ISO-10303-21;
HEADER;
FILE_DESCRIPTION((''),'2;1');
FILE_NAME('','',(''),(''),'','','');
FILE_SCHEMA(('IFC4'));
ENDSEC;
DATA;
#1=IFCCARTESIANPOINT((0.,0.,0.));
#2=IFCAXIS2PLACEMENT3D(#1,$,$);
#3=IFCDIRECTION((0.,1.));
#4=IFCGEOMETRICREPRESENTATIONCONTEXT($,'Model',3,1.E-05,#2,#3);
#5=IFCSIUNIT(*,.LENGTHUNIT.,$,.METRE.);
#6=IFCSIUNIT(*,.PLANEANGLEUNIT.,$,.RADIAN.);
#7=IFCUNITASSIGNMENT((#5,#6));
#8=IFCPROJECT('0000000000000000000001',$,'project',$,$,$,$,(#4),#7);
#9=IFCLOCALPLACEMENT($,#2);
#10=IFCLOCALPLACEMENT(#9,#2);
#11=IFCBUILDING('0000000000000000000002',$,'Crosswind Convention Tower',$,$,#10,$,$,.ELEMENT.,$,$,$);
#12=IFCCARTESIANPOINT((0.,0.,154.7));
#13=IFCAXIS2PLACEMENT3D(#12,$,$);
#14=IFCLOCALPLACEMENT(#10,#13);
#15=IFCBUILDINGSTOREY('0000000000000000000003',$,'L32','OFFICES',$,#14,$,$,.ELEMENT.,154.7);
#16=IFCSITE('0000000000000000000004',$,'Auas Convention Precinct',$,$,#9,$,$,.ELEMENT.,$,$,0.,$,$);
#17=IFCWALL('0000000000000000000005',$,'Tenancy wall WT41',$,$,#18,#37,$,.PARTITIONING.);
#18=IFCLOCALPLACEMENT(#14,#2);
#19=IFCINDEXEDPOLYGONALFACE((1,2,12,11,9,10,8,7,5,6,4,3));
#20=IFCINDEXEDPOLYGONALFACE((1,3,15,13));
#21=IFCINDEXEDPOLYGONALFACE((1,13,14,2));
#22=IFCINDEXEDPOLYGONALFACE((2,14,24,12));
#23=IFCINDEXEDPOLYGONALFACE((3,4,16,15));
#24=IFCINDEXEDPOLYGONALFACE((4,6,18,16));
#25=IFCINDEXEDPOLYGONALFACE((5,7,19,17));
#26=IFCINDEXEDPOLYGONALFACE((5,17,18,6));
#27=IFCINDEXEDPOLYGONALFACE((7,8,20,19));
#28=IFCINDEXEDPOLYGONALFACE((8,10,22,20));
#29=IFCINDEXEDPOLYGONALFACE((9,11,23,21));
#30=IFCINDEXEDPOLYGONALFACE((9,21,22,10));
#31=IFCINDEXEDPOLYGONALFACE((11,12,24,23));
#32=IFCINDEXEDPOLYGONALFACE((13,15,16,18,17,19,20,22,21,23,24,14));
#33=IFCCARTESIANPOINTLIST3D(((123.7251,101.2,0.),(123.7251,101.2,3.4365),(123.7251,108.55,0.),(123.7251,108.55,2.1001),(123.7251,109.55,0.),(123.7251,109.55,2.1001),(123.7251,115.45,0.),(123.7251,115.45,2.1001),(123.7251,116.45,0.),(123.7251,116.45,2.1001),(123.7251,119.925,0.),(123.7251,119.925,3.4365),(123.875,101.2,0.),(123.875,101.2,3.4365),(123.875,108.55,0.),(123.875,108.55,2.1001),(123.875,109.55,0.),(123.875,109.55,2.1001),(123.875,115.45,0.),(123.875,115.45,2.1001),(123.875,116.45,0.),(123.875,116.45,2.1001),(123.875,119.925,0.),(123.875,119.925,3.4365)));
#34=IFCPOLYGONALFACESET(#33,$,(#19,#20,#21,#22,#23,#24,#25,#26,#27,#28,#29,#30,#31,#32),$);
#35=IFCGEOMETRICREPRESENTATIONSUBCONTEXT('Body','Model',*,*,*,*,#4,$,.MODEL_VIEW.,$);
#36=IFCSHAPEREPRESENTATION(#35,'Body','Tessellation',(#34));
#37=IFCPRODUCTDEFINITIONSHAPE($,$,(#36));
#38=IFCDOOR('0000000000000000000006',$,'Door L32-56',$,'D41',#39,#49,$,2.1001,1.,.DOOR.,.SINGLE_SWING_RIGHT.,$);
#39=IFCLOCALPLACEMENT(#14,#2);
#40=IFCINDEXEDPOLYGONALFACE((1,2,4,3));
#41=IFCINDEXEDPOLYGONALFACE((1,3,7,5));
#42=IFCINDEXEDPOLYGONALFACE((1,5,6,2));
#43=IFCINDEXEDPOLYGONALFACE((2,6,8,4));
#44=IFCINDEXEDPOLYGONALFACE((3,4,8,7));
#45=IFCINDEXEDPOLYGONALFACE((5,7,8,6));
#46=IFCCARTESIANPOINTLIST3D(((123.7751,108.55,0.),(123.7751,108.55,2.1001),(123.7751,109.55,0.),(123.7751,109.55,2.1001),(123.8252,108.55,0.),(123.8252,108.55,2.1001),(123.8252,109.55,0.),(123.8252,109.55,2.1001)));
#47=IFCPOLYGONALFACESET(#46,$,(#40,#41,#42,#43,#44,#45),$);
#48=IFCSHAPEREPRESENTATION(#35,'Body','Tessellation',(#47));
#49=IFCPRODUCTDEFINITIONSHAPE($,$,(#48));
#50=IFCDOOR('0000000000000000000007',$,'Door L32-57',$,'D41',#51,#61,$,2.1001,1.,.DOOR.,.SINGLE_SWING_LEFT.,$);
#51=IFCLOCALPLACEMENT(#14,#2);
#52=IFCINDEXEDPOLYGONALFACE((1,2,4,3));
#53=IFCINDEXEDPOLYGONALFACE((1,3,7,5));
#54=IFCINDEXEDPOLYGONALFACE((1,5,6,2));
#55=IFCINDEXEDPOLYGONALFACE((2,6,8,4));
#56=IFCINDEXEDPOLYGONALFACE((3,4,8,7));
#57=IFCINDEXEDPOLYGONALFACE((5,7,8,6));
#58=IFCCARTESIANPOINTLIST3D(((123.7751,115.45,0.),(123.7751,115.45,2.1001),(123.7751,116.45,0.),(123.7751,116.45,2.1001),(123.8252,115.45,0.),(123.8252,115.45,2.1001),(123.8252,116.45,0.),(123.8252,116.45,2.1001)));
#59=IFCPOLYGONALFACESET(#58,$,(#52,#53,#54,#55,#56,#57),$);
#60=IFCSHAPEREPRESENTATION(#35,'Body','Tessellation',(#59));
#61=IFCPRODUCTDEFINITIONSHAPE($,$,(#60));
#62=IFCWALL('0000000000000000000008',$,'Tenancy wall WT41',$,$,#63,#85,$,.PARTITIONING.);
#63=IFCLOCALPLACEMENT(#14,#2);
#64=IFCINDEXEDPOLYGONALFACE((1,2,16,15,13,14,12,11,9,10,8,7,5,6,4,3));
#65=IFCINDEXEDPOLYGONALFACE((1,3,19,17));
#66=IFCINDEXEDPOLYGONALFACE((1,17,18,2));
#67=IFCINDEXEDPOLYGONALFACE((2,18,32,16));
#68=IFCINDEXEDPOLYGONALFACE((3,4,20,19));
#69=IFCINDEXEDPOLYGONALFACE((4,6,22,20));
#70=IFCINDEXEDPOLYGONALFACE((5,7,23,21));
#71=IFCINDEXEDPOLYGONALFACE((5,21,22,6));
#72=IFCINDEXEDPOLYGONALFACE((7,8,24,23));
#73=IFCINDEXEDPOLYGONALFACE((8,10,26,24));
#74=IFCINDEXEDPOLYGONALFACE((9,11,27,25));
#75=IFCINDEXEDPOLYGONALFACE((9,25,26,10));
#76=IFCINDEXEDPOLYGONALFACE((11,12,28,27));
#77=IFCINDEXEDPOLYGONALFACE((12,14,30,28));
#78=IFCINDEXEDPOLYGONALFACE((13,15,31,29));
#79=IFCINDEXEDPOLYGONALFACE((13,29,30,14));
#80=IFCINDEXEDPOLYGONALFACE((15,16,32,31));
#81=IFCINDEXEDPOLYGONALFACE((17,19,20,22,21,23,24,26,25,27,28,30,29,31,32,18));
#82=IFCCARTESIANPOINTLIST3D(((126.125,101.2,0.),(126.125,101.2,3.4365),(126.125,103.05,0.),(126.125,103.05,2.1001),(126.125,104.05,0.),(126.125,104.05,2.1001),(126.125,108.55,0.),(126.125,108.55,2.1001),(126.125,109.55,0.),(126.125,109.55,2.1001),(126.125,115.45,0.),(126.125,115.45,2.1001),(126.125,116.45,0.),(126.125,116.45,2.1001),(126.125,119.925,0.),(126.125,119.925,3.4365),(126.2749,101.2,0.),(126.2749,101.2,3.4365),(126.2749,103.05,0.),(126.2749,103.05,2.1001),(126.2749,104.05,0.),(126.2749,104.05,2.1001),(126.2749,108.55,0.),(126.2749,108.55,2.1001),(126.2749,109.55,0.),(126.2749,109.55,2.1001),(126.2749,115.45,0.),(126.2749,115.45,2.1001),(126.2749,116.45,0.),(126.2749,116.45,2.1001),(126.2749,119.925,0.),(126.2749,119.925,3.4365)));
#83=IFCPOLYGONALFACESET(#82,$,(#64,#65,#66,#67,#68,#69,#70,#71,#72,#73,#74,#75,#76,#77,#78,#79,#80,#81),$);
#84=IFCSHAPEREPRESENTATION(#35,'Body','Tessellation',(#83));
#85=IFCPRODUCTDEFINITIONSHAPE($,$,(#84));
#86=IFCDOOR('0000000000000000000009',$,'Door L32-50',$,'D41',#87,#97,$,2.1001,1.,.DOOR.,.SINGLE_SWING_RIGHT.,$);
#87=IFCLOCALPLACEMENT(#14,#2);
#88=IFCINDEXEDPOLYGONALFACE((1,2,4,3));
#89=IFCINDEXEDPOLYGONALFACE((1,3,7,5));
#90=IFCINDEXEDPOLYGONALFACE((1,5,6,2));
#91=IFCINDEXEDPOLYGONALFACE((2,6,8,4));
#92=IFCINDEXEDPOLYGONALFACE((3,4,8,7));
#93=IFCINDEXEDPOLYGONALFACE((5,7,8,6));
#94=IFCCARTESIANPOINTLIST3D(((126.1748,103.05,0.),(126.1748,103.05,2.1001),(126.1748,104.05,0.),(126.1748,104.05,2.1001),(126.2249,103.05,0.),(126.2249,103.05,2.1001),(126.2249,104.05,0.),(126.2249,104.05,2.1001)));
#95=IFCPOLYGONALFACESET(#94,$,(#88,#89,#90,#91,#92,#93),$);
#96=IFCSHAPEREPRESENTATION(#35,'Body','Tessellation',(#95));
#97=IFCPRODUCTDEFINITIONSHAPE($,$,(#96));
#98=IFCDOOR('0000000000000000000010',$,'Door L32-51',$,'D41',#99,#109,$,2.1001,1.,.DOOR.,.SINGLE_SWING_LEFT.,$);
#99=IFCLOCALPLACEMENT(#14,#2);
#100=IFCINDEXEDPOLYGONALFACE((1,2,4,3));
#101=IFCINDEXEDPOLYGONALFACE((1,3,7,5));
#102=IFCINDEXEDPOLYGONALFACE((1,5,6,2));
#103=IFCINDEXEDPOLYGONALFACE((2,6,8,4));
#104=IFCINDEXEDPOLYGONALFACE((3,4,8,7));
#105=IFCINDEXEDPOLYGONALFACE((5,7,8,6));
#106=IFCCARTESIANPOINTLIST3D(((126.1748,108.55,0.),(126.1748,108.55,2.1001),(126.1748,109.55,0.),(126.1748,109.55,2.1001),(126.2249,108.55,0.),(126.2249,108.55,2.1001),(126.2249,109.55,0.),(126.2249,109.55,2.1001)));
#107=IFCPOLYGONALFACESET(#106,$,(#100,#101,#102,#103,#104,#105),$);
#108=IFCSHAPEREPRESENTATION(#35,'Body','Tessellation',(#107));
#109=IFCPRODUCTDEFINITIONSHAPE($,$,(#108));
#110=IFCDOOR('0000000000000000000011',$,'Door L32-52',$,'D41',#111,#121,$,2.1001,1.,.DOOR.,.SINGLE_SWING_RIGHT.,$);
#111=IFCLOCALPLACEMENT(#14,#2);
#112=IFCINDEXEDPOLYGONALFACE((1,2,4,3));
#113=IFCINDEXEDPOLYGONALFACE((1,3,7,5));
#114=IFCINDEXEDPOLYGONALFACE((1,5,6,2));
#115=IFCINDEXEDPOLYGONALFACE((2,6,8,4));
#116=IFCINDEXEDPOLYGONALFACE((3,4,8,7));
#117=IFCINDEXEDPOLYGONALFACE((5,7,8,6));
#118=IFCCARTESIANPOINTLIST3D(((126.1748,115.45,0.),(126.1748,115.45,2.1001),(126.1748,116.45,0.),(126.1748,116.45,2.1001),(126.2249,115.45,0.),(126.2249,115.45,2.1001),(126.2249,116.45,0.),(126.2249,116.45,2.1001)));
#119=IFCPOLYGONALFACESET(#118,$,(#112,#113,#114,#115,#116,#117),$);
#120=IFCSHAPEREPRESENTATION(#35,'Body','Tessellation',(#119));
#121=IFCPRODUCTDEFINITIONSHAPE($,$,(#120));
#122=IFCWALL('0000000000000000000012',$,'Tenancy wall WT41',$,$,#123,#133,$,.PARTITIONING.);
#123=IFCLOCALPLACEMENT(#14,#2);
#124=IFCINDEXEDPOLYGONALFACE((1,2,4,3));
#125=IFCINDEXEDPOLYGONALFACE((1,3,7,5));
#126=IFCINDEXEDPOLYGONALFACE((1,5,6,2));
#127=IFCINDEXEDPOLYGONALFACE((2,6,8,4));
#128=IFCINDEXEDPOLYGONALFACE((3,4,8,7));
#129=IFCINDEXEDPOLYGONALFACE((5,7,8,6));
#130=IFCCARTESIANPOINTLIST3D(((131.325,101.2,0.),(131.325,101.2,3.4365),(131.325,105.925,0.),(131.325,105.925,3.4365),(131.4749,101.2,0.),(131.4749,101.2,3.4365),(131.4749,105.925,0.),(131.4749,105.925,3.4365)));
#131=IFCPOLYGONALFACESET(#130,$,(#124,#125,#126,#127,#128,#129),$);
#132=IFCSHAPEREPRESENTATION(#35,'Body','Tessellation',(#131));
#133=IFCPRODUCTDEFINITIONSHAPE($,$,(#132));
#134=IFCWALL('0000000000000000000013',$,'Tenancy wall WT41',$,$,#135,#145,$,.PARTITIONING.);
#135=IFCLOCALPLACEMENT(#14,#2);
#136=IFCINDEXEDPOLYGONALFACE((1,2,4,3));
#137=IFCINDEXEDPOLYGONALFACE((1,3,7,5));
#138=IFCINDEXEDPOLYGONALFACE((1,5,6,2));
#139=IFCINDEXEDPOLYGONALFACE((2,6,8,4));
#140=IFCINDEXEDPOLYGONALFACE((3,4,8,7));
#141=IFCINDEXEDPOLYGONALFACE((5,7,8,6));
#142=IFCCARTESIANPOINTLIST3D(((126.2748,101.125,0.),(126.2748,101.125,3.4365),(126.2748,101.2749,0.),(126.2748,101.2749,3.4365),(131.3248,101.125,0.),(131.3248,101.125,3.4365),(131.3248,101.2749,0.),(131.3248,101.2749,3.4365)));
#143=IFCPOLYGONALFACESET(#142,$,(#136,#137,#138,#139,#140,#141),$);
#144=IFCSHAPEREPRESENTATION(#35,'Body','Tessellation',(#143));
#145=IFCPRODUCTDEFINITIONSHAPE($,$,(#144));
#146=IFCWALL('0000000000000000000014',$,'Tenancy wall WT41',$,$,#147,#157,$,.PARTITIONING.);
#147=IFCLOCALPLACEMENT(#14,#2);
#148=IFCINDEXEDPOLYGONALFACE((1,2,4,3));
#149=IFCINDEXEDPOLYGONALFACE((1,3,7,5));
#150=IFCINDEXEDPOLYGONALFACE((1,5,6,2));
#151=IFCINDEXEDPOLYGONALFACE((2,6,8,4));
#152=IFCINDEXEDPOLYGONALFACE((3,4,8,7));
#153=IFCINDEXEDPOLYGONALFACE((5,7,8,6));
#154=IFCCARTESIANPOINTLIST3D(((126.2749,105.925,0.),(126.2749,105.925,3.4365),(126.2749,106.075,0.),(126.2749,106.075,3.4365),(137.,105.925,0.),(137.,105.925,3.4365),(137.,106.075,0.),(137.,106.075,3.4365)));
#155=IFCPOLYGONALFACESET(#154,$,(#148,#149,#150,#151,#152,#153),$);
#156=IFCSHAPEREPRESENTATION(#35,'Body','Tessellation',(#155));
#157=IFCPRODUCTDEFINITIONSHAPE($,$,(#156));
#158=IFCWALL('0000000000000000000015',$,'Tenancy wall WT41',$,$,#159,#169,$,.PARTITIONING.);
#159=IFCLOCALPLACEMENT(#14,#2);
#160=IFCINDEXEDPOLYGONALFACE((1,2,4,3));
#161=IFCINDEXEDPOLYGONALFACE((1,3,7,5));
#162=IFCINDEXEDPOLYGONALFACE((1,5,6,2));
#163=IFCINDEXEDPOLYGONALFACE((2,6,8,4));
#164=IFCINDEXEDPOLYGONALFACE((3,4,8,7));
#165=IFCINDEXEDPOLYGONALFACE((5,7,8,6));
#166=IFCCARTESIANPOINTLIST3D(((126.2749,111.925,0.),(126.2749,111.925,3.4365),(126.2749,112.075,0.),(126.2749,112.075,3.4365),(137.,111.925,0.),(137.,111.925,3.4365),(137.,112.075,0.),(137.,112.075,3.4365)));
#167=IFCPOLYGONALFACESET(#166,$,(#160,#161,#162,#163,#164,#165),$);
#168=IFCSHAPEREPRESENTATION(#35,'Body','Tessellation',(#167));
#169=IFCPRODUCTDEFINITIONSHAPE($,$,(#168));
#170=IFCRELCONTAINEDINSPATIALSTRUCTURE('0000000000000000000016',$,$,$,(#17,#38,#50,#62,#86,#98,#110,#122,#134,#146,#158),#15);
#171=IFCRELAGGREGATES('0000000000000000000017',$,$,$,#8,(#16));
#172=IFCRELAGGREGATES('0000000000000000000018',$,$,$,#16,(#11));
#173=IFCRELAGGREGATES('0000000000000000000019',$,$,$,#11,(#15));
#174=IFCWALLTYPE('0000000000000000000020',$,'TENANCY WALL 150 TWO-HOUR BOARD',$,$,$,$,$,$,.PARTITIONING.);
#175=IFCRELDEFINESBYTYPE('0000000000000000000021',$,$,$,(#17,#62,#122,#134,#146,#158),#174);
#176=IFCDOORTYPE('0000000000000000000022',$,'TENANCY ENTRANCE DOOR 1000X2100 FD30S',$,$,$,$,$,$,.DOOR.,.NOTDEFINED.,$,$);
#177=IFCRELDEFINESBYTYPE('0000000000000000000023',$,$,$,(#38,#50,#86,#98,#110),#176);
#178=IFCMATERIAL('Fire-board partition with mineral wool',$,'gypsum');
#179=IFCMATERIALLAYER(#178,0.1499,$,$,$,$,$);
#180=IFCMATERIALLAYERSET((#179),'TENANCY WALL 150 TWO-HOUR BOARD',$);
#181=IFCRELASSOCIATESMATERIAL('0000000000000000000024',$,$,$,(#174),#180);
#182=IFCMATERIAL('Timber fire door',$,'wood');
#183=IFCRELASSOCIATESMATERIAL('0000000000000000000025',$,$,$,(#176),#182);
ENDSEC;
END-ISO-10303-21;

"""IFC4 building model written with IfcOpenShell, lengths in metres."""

from ifc_helpers import new_model, si_unit, direction, frame, frame_2d, origin, place, context, subcontext, project, spatial, rectangle, extrude, material, layer, layer_set, type_object, element, fill, save


model = new_model("IFC4")

# Units and contexts
model_context = context("Model", 3, precision=1e-05, world=origin(), true_north=direction((0.0, 1.0)))
body_context = subcontext(model_context, "Body", "Model", "MODEL_VIEW")
ifc_project = project(units=[si_unit("LENGTHUNIT", "METRE"), si_unit("PLANEANGLEUNIT", "RADIAN")], contexts=[model_context])

# Site, building, storey
site_placement = place(None, origin())
site = spatial("IfcSite", under=ifc_project, at=site_placement, Name="Auas Convention Precinct", CompositionType="ELEMENT", RefElevation=0.0)
building_placement = place(site_placement, origin())
building = spatial("IfcBuilding", under=site, at=building_placement, Name="Crosswind Convention Tower", CompositionType="ELEMENT")
storey_placement = place(building_placement, frame((0.0, 0.0, 154.7)))
storey = spatial("IfcBuildingStorey", under=building, at=storey_placement, Name="L32", Description="OFFICES", CompositionType="ELEMENT", Elevation=154.7)

# Walls, openings, doors
ifc_material_1 = material(Name="Fire-board partition with mineral wool", Category="gypsum")
ifc_layer_1 = layer(ifc_material_1, 0.1499)
ifc_layer_set_1 = layer_set([ifc_layer_1], Name="TENANCY WALL 150 TWO-HOUR BOARD")
wall_type_1 = type_object("IfcWallType", Name="TENANCY WALL 150 TWO-HOUR BOARD", PredefinedType="PARTITIONING", material=ifc_layer_set_1)
wall_1_placement = place(storey_placement, frame((123.8, 101.2, 0.0), z_axis=(0.0, 0.0, 1.0), x_axis=(0.0, 1.0, 0.0)))
wall_1 = element("IfcWall", 1, at=wall_1_placement, inside=storey, type_object=wall_type_1, Name="Tenancy wall WT41", PredefinedType="PARTITIONING", context=body_context, shape_type="SweptSolid", body=[
    extrude(rectangle(XDim=18.7251, YDim=0.1499, at=frame_2d((9.3625, 0.0))), origin(), (0.0, 0.0, 1.0), 3.4365),
])
opening_1_placement = place(wall_1_placement, frame((7.3501, 0.0, 0.0)))
opening_1 = element("IfcOpeningElement", 2, at=opening_1_placement, cuts=wall_1, PredefinedType="OPENING", context=body_context, shape_type="SweptSolid", body=[
    extrude(rectangle(XDim=1.0, YDim=2.1001, at=frame_2d((0.5, 1.05))), frame((0.0, 0.085, 0.0), z_axis=(0.0, -1.0, 0.0), x_axis=(1.0, 0.0, 0.0)), (0.0, 0.0, 1.0), 0.1699),
])
opening_2_placement = place(wall_1_placement, frame((14.25, 0.0, 0.0)))
opening_2 = element("IfcOpeningElement", 3, at=opening_2_placement, cuts=wall_1, PredefinedType="OPENING", context=body_context, shape_type="SweptSolid", body=[
    extrude(rectangle(XDim=1.0, YDim=2.1001, at=frame_2d((0.5, 1.05))), frame((0.0, 0.085, 0.0), z_axis=(0.0, -1.0, 0.0), x_axis=(1.0, 0.0, 0.0)), (0.0, 0.0, 1.0), 0.1699),
])
ifc_material_2 = material(Name="Timber fire door", Category="wood")
door_type_1 = type_object("IfcDoorType", Name="TENANCY ENTRANCE DOOR 1000X2100 FD30S", OperationType="NOTDEFINED", PredefinedType="DOOR", material=ifc_material_2)
door_1_placement = place(opening_1_placement, origin())
door_1 = element("IfcDoor", 4, at=door_1_placement, inside=storey, type_object=door_type_1, Name="Door L32-56", ObjectType="D41", OperationType="SINGLE_SWING_RIGHT", OverallHeight=2.1001, OverallWidth=1.0, PredefinedType="DOOR", context=body_context, shape_type="SweptSolid", body=[
    extrude(rectangle(XDim=1.0, YDim=2.1001, at=frame_2d((0.5, 1.05))), frame((0.0, 0.0249, 0.0), z_axis=(0.0, -1.0, 0.0), x_axis=(1.0, 0.0, 0.0)), (0.0, 0.0, 1.0), 0.05),
])
fill(opening_1, door_1)
door_2_placement = place(opening_2_placement, origin())
door_2 = element("IfcDoor", 5, at=door_2_placement, inside=storey, type_object=door_type_1, Name="Door L32-57", ObjectType="D41", OperationType="SINGLE_SWING_LEFT", OverallHeight=2.1001, OverallWidth=1.0, PredefinedType="DOOR", context=body_context, shape_type="SweptSolid", body=[
    extrude(rectangle(XDim=1.0, YDim=2.1001, at=frame_2d((0.5, 1.05))), frame((0.0, 0.0249, 0.0), z_axis=(0.0, -1.0, 0.0), x_axis=(1.0, 0.0, 0.0)), (0.0, 0.0, 1.0), 0.05),
])
fill(opening_2, door_2)
wall_2_placement = place(storey_placement, frame((126.2, 101.2, 0.0), z_axis=(0.0, 0.0, 1.0), x_axis=(0.0, 1.0, 0.0)))
wall_2 = element("IfcWall", 6, at=wall_2_placement, inside=storey, type_object=wall_type_1, Name="Tenancy wall WT41", PredefinedType="PARTITIONING", context=body_context, shape_type="SweptSolid", body=[
    extrude(rectangle(XDim=18.7251, YDim=0.1499, at=frame_2d((9.3625, 0.0))), origin(), (0.0, 0.0, 1.0), 3.4365),
])
opening_3_placement = place(wall_2_placement, frame((1.8501, 0.0, 0.0)))
opening_3 = element("IfcOpeningElement", 7, at=opening_3_placement, cuts=wall_2, PredefinedType="OPENING", context=body_context, shape_type="SweptSolid", body=[
    extrude(rectangle(XDim=1.0, YDim=2.1001, at=frame_2d((0.5, 1.05))), frame((0.0, 0.085, 0.0), z_axis=(0.0, -1.0, 0.0), x_axis=(1.0, 0.0, 0.0)), (0.0, 0.0, 1.0), 0.1699),
])
opening_4_placement = place(wall_2_placement, frame((7.3501, 0.0, 0.0)))
opening_4 = element("IfcOpeningElement", 8, at=opening_4_placement, cuts=wall_2, PredefinedType="OPENING", context=body_context, shape_type="SweptSolid", body=[
    extrude(rectangle(XDim=1.0, YDim=2.1001, at=frame_2d((0.5, 1.05))), frame((0.0, 0.085, 0.0), z_axis=(0.0, -1.0, 0.0), x_axis=(1.0, 0.0, 0.0)), (0.0, 0.0, 1.0), 0.1699),
])
opening_5_placement = place(wall_2_placement, frame((14.25, 0.0, 0.0)))
opening_5 = element("IfcOpeningElement", 9, at=opening_5_placement, cuts=wall_2, PredefinedType="OPENING", context=body_context, shape_type="SweptSolid", body=[
    extrude(rectangle(XDim=1.0, YDim=2.1001, at=frame_2d((0.5, 1.05))), frame((0.0, 0.085, 0.0), z_axis=(0.0, -1.0, 0.0), x_axis=(1.0, 0.0, 0.0)), (0.0, 0.0, 1.0), 0.1699),
])
door_3_placement = place(opening_3_placement, frame((1.0, 0.0, 0.0), z_axis=(0.0, 0.0, 1.0), x_axis=(-1.0, 0.0, 0.0)))
door_3 = element("IfcDoor", 10, at=door_3_placement, inside=storey, type_object=door_type_1, Name="Door L32-50", ObjectType="D41", OperationType="SINGLE_SWING_RIGHT", OverallHeight=2.1001, OverallWidth=1.0, PredefinedType="DOOR", context=body_context, shape_type="SweptSolid", body=[
    extrude(rectangle(XDim=1.0, YDim=2.1001, at=frame_2d((0.5, 1.05))), frame((0.0, 0.0249, 0.0), z_axis=(0.0, -1.0, 0.0), x_axis=(1.0, 0.0, 0.0)), (0.0, 0.0, 1.0), 0.05),
])
fill(opening_3, door_3)
door_4_placement = place(opening_4_placement, frame((1.0, 0.0, 0.0), z_axis=(0.0, 0.0, 1.0), x_axis=(-1.0, 0.0, 0.0)))
door_4 = element("IfcDoor", 11, at=door_4_placement, inside=storey, type_object=door_type_1, Name="Door L32-51", ObjectType="D41", OperationType="SINGLE_SWING_LEFT", OverallHeight=2.1001, OverallWidth=1.0, PredefinedType="DOOR", context=body_context, shape_type="SweptSolid", body=[
    extrude(rectangle(XDim=1.0, YDim=2.1001, at=frame_2d((0.5, 1.05))), frame((0.0, 0.0249, 0.0), z_axis=(0.0, -1.0, 0.0), x_axis=(1.0, 0.0, 0.0)), (0.0, 0.0, 1.0), 0.05),
])
fill(opening_4, door_4)
door_5_placement = place(opening_5_placement, frame((1.0, 0.0, 0.0), z_axis=(0.0, 0.0, 1.0), x_axis=(-1.0, 0.0, 0.0)))
door_5 = element("IfcDoor", 12, at=door_5_placement, inside=storey, type_object=door_type_1, Name="Door L32-52", ObjectType="D41", OperationType="SINGLE_SWING_RIGHT", OverallHeight=2.1001, OverallWidth=1.0, PredefinedType="DOOR", context=body_context, shape_type="SweptSolid", body=[
    extrude(rectangle(XDim=1.0, YDim=2.1001, at=frame_2d((0.5, 1.05))), frame((0.0, 0.0249, 0.0), z_axis=(0.0, -1.0, 0.0), x_axis=(1.0, 0.0, 0.0)), (0.0, 0.0, 1.0), 0.05),
])
fill(opening_5, door_5)

# Walls
wall_3_placement = place(storey_placement, frame((131.3999, 101.2, 0.0), z_axis=(0.0, 0.0, 1.0), x_axis=(0.0, 1.0, 0.0)))
element("IfcWall", 13, at=wall_3_placement, inside=storey, type_object=wall_type_1, Name="Tenancy wall WT41", PredefinedType="PARTITIONING", context=body_context, shape_type="SweptSolid", body=[
    extrude(rectangle(XDim=4.7251, YDim=0.1499, at=frame_2d((2.3625, 0.0))), origin(), (0.0, 0.0, 1.0), 3.4365),
])
wall_4_placement = place(storey_placement, frame((126.2749, 101.2, 0.0), z_axis=(0.0, 0.0, 1.0), x_axis=(1.0, 0.0, 0.0)))
element("IfcWall", 14, at=wall_4_placement, inside=storey, type_object=wall_type_1, Name="Tenancy wall WT41", PredefinedType="PARTITIONING", context=body_context, shape_type="SweptSolid", body=[
    extrude(rectangle(XDim=5.05, YDim=0.1499, at=frame_2d((2.5249, 0.0))), origin(), (0.0, 0.0, 1.0), 3.4365),
])
for number, where, z_axis, x_axis, name in (
    (15, (126.2749, 106.0, 0.0), (0.0, 0.0, 1.0), (1.0, 0.0, 0.0), "Tenancy wall WT41"),
    (16, (126.2749, 112.0, 0.0), (0.0, 0.0, 1.0), (1.0, 0.0, 0.0), "Tenancy wall WT41"),
):
    element("IfcWall", number, at=place(storey_placement, frame(where, z_axis=z_axis, x_axis=x_axis)), inside=storey, type_object=wall_type_1, Name=name, PredefinedType="PARTITIONING", context=body_context, shape_type="SweptSolid", body=[
        extrude(rectangle(XDim=10.7251, YDim=0.1499, at=frame_2d((5.3625, 0.0))), origin(), (0.0, 0.0, 1.0), 3.4365),
    ])

save(model, "model.ifc")
